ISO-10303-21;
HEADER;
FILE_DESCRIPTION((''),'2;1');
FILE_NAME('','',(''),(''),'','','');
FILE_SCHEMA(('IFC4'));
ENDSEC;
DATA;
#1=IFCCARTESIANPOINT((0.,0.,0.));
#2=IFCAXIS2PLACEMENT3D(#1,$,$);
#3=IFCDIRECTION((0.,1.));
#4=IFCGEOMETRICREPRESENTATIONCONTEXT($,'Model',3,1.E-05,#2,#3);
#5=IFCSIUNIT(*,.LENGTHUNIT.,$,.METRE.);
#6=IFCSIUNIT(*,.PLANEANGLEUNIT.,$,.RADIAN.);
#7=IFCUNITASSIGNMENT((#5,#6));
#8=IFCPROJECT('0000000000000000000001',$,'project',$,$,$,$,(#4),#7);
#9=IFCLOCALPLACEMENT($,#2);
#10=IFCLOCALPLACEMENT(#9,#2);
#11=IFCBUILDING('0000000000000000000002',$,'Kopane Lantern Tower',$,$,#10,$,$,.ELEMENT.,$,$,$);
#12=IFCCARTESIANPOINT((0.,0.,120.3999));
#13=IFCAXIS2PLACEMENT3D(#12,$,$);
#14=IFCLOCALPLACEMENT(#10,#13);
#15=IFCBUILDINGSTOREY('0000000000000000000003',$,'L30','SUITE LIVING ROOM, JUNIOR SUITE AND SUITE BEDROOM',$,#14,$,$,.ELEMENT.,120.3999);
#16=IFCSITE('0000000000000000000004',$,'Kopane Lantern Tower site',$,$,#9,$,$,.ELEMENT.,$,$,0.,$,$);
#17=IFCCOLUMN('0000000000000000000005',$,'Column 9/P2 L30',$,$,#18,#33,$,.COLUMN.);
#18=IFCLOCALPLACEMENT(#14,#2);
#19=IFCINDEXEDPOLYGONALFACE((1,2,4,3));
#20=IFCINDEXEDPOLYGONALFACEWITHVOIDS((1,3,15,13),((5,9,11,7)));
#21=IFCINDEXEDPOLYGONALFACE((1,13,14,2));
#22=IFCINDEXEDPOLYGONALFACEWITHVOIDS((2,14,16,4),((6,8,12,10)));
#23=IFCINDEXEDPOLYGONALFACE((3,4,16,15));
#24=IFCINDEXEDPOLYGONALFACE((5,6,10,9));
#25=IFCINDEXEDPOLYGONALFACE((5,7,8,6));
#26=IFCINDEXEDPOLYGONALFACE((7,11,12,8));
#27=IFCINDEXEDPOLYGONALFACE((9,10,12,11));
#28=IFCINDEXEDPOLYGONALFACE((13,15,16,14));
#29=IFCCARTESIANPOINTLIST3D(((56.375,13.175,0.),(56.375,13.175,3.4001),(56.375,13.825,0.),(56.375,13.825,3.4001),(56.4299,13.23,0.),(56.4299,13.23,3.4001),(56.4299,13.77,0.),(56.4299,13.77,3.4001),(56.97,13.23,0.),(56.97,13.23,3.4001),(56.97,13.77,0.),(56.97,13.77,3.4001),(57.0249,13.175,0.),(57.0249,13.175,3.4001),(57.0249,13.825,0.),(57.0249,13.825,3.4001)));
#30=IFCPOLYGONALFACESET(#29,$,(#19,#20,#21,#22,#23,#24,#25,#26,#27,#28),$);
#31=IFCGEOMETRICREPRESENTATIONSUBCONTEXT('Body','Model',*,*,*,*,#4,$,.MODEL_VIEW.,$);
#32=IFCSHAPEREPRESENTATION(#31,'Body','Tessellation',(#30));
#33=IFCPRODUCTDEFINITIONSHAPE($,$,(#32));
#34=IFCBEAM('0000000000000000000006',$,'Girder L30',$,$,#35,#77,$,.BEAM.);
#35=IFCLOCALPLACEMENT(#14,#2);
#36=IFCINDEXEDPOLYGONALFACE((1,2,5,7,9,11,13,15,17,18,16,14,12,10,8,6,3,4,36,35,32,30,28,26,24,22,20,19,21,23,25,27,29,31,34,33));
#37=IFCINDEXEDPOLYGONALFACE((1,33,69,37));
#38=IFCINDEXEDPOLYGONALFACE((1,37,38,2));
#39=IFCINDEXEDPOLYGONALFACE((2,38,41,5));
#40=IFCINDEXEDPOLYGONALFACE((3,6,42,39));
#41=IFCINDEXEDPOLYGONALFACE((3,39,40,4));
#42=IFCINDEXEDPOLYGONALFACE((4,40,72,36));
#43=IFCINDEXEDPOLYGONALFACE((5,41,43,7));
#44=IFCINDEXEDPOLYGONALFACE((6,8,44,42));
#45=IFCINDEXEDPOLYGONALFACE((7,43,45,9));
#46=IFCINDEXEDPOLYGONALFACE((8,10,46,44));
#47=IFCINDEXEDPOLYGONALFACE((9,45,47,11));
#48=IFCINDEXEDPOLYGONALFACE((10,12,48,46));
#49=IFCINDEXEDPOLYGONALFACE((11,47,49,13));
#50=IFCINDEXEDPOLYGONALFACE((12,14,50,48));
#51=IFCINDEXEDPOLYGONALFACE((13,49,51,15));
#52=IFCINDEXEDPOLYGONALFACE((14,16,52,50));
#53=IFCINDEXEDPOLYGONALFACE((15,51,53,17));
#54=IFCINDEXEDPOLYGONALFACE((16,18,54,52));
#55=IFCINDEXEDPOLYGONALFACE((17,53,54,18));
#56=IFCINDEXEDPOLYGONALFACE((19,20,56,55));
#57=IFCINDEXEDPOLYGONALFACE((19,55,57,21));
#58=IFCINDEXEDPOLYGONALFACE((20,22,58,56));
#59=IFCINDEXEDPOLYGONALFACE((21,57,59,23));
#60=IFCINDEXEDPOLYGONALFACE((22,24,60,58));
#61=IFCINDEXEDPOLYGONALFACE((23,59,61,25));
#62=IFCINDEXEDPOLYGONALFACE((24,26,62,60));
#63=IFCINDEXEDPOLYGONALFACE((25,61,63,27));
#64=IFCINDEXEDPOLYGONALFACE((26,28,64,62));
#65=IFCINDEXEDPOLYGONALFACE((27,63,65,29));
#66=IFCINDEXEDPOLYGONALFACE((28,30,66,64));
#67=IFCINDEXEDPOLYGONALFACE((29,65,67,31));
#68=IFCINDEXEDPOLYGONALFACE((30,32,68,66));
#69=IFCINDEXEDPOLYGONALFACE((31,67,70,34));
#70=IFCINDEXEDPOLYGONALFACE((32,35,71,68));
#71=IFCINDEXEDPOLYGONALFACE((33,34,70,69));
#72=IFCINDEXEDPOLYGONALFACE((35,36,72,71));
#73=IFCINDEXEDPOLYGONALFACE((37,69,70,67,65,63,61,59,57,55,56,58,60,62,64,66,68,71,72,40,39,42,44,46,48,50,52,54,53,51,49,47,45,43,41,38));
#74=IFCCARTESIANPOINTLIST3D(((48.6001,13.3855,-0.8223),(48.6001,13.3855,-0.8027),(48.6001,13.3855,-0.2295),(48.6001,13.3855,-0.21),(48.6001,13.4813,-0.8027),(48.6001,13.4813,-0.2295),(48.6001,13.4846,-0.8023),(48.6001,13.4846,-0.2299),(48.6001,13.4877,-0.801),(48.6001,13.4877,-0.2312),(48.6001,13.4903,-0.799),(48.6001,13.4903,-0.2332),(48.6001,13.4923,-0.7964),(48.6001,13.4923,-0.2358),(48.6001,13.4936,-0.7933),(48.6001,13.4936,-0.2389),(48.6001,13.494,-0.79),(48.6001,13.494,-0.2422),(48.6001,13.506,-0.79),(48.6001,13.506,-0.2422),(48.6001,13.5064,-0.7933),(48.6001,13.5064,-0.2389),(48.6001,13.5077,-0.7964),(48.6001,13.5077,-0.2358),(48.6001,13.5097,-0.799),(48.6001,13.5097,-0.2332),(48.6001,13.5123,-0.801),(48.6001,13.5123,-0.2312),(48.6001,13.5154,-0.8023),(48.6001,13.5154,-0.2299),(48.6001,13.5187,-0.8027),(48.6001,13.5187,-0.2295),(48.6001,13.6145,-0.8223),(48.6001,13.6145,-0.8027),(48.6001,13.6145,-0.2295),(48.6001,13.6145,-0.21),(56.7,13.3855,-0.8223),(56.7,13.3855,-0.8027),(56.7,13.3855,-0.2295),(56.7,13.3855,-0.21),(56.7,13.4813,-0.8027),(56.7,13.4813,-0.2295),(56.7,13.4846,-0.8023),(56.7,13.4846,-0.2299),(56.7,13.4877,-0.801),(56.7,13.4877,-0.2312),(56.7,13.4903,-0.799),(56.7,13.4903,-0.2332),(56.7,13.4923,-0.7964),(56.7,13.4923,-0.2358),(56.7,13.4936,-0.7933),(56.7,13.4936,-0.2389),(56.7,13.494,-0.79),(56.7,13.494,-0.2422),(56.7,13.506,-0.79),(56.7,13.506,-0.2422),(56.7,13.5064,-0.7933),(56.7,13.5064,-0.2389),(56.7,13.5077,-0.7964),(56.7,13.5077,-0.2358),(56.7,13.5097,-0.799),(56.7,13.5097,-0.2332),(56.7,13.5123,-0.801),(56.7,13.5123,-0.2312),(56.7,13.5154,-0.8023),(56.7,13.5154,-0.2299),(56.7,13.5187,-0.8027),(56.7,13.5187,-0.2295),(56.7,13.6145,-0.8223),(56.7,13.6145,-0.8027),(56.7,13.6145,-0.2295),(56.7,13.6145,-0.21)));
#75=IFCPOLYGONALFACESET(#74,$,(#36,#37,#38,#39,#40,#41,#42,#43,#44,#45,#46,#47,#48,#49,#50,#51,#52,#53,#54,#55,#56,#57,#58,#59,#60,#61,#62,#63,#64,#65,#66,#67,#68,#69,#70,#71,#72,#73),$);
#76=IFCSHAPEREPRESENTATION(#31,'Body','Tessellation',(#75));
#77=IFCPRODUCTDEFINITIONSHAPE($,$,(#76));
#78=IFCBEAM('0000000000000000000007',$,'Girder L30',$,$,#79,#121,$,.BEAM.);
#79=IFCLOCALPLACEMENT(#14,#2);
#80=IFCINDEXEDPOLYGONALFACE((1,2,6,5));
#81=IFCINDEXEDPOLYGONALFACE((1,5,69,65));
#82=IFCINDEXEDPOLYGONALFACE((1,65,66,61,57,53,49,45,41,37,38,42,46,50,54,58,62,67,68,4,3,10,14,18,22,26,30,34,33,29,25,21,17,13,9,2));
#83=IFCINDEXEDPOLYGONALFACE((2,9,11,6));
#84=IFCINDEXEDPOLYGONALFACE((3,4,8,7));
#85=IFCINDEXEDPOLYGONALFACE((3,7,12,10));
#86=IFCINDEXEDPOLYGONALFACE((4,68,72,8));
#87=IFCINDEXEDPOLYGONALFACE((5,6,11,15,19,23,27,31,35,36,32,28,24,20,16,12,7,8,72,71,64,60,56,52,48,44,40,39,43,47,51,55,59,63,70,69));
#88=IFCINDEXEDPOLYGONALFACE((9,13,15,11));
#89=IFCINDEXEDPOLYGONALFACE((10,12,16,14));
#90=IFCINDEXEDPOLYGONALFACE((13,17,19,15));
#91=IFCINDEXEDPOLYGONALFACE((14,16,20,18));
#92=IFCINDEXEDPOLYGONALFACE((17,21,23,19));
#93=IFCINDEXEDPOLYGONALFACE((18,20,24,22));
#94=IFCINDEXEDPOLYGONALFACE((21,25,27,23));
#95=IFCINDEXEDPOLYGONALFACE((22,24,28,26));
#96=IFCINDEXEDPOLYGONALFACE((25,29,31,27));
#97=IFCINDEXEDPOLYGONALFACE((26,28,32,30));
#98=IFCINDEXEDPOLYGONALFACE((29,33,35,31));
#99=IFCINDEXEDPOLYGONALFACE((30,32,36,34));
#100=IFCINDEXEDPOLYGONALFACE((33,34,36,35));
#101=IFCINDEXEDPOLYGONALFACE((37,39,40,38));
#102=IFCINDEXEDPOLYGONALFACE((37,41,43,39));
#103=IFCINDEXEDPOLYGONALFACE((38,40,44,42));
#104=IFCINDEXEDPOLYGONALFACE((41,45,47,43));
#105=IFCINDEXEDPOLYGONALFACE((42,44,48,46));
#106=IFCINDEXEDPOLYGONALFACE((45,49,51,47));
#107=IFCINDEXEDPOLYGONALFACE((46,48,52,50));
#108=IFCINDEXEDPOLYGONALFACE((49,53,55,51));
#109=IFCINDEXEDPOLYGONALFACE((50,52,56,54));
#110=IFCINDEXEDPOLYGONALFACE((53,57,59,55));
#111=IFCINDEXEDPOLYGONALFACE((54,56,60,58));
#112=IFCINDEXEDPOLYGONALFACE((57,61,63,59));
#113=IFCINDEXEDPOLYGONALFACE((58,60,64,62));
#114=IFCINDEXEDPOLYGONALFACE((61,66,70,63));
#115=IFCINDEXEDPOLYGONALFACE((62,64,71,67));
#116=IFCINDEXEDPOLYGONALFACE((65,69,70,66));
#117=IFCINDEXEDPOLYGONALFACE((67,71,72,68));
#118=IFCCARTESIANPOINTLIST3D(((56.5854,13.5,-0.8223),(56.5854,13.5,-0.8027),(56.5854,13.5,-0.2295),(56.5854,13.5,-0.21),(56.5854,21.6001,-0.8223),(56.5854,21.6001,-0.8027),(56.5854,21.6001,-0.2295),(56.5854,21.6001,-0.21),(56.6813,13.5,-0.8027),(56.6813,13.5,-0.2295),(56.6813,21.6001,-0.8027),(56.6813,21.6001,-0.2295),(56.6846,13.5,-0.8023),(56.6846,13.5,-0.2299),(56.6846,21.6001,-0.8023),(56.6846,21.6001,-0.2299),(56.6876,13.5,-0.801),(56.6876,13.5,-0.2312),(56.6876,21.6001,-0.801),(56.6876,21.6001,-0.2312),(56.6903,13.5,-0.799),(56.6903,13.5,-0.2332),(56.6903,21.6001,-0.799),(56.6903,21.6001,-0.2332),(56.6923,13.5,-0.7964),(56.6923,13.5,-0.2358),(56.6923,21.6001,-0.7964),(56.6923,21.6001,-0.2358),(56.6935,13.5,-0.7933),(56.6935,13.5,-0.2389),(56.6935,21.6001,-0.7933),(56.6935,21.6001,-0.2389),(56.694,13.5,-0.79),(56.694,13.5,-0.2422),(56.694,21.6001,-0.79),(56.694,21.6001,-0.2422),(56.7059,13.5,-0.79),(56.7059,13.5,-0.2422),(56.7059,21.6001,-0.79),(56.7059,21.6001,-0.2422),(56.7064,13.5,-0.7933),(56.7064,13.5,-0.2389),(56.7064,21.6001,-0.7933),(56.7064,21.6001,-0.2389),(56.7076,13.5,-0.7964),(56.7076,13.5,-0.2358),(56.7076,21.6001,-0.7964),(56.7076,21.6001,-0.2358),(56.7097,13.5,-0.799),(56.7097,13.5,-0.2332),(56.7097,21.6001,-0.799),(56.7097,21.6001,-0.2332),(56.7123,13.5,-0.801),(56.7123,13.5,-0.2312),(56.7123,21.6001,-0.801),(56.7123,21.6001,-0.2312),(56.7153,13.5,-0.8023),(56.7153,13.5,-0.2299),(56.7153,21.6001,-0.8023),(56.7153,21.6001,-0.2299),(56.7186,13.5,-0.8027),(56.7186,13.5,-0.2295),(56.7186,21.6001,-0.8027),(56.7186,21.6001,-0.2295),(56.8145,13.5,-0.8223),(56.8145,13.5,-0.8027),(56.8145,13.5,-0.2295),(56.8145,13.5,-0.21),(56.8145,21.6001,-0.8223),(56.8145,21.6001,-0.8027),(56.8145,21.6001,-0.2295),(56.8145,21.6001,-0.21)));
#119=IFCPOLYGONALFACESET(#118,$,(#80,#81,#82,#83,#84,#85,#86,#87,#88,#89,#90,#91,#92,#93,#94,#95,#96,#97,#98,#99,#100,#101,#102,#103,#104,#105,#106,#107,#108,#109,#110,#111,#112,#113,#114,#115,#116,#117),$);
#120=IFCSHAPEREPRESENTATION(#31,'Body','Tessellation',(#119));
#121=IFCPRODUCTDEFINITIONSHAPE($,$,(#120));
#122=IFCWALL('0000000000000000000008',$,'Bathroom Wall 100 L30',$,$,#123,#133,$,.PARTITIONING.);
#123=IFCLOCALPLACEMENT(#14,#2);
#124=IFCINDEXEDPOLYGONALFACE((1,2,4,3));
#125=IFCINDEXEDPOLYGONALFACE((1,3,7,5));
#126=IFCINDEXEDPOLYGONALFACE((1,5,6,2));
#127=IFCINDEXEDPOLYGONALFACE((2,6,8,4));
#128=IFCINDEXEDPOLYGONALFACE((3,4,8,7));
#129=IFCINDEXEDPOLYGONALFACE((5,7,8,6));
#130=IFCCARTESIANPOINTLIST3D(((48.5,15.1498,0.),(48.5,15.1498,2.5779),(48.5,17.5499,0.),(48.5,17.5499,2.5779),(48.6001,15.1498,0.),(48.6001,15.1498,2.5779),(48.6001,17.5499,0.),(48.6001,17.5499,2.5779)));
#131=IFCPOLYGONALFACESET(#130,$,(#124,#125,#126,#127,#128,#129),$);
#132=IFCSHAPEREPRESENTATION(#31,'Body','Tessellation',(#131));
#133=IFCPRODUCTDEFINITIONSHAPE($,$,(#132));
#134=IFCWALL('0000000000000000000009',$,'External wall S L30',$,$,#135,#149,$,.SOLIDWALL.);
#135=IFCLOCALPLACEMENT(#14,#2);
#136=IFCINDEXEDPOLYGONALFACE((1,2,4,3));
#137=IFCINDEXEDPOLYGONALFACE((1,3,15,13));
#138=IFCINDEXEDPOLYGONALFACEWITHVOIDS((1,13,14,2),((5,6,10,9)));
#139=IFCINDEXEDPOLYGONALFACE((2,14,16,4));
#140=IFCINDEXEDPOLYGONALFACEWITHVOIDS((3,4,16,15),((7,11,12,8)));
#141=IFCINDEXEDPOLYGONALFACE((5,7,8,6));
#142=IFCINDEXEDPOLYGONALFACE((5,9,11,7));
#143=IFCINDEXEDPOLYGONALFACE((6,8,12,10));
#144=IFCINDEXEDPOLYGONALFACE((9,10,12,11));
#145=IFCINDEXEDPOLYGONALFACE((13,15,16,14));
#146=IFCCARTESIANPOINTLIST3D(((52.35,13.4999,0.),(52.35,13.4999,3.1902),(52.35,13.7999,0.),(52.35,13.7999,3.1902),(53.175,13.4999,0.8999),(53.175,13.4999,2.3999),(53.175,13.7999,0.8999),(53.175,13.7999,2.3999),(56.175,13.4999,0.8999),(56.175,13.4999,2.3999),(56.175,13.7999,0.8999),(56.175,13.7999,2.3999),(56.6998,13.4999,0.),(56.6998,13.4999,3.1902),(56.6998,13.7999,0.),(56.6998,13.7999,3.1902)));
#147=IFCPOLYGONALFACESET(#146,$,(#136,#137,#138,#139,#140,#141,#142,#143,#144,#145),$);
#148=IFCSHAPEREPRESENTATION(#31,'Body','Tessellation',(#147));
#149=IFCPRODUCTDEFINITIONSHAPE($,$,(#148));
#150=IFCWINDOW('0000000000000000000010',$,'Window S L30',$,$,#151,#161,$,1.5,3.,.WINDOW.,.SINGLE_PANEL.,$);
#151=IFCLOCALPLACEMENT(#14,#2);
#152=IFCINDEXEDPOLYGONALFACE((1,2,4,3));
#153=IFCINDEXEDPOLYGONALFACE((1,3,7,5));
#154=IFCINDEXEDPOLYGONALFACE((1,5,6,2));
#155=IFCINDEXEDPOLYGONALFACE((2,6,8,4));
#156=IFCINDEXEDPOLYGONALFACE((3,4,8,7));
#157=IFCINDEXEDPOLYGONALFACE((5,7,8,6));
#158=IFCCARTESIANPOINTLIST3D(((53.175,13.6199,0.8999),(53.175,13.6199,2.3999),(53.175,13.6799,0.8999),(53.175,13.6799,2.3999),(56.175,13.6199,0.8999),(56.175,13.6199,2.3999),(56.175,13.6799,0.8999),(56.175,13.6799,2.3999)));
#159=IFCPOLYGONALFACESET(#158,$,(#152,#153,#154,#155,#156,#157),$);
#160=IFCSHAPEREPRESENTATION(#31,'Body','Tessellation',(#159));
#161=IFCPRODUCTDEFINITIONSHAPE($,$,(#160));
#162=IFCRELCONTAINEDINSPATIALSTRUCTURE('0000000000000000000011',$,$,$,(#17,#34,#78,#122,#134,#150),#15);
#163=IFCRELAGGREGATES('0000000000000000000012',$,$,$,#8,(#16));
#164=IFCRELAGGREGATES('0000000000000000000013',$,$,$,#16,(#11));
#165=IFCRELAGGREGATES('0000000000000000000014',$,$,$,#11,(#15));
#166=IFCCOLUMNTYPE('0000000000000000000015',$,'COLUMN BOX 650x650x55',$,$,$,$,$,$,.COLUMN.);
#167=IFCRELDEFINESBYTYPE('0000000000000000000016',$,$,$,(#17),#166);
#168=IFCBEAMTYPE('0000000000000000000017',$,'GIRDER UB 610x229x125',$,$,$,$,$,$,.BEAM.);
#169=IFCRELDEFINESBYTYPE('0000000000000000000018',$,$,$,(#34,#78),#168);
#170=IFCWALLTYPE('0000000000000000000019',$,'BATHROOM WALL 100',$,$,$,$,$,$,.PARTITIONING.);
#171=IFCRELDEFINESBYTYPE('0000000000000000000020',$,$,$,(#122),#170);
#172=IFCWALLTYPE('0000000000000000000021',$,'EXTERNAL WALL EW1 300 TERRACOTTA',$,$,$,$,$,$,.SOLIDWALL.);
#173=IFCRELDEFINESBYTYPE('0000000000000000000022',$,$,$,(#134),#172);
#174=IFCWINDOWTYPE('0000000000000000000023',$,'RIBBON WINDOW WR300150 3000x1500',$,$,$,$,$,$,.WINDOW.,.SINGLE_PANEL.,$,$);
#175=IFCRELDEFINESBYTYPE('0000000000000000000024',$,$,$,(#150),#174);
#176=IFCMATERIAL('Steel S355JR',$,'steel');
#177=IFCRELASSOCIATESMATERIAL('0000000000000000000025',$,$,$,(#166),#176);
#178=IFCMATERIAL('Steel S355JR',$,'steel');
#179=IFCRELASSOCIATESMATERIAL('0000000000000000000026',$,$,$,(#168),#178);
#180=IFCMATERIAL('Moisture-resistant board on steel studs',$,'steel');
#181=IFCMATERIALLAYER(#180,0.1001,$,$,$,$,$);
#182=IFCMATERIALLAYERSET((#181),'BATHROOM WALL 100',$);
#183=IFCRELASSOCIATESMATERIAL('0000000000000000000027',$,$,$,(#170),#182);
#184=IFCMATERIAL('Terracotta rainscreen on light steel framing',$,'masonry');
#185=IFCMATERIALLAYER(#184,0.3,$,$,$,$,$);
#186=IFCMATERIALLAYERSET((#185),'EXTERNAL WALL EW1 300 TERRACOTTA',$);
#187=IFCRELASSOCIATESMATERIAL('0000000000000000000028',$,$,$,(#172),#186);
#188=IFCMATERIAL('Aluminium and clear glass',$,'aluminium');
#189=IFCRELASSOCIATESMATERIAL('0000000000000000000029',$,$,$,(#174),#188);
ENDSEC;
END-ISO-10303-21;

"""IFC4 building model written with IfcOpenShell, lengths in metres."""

from ifc_helpers import new_model, si_unit, direction, frame, frame_2d, origin, origin_2d, place, context, subcontext, project, spatial, rectangle, hollow_rectangle, i_section, extrude, material, layer, layer_set, material_profile, profile_set, type_object, element, fill, save


model = new_model("IFC4")

# Units and contexts
model_context = context("Model", 3, precision=1e-05, world=origin(), true_north=direction((0.0, 1.0)))
body_context = subcontext(model_context, "Body", "Model", "MODEL_VIEW")
ifc_project = project(units=[si_unit("LENGTHUNIT", "METRE"), si_unit("PLANEANGLEUNIT", "RADIAN")], contexts=[model_context])

# Site, building, storey
site_placement = place(None, origin())
site = spatial("IfcSite", under=ifc_project, at=site_placement, Name="Kopane Lantern Tower site", CompositionType="ELEMENT", RefElevation=0.0)
building_placement = place(site_placement, origin())
building = spatial("IfcBuilding", under=site, at=building_placement, Name="Kopane Lantern Tower", CompositionType="ELEMENT")
storey_placement = place(building_placement, frame((0.0, 0.0, 120.3999)))
storey = spatial("IfcBuildingStorey", under=building, at=storey_placement, Name="L30", Description="SUITE LIVING ROOM, JUNIOR SUITE AND SUITE BEDROOM", CompositionType="ELEMENT", Elevation=120.3999)

# Column
ifc_material_1 = material(Name="Steel S355JR", Category="steel")
ifc_material_profile_1 = material_profile(ifc_material_1, hollow_rectangle(XDim=0.6499, YDim=0.6499, WallThickness=0.0549, at=origin_2d()), Name="BOX 650x650x55")
ifc_profile_set_1 = profile_set([ifc_material_profile_1], Name="Steel S355JR")
column_type = type_object("IfcColumnType", Name="COLUMN BOX 650x650x55", PredefinedType="COLUMN", material=ifc_profile_set_1)
column_placement = place(storey_placement, frame((56.7, 13.5, 0.0), z_axis=(0.0, 0.0, 1.0), x_axis=(1.0, 0.0, 0.0)))
element("IfcColumn", 1, at=column_placement, inside=storey, type_object=column_type, Name="Column 9/P2 L30", PredefinedType="COLUMN", context=body_context, shape_type="SweptSolid", body=[
    extrude(hollow_rectangle(XDim=0.6499, YDim=0.6499, WallThickness=0.0549, at=origin_2d()), origin(), (0.0, 0.0, 1.0), 3.4001),
])

# Beams
ifc_material_2 = material(Name="Steel S355JR", Category="steel")
ifc_material_profile_2 = material_profile(ifc_material_2, i_section(OverallWidth=0.229, OverallDepth=0.6123, WebThickness=0.012, FlangeThickness=0.0195, FilletRadius=0.0127, at=origin_2d()), Name="UB 610x229x125")
ifc_profile_set_2 = profile_set([ifc_material_profile_2], Name="Steel S355JR")
beam_type = type_object("IfcBeamType", Name="GIRDER UB 610x229x125", PredefinedType="BEAM", material=ifc_profile_set_2)
beam_1_placement = place(storey_placement, frame((48.6001, 13.5, -0.5161), z_axis=(1.0, 0.0, 0.0), x_axis=(0.0, 1.0, 0.0)))
element("IfcBeam", 2, at=beam_1_placement, inside=storey, type_object=beam_type, Name="Girder L30", PredefinedType="BEAM", context=body_context, shape_type="SweptSolid", body=[
    extrude(i_section(OverallWidth=0.229, OverallDepth=0.6123, WebThickness=0.012, FlangeThickness=0.0195, FilletRadius=0.0127, at=origin_2d()), origin(), (0.0, 0.0, 1.0), 8.0999),
])
beam_2_placement = place(storey_placement, frame((56.7, 13.5, -0.5161), z_axis=(0.0, 1.0, 0.0), x_axis=(-1.0, 0.0, 0.0)))
element("IfcBeam", 3, at=beam_2_placement, inside=storey, type_object=beam_type, Name="Girder L30", PredefinedType="BEAM", context=body_context, shape_type="SweptSolid", body=[
    extrude(i_section(OverallWidth=0.229, OverallDepth=0.6123, WebThickness=0.012, FlangeThickness=0.0195, FilletRadius=0.0127, at=origin_2d()), origin(), (0.0, 0.0, 1.0), 8.1001),
])

# Wall
ifc_material_3 = material(Name="Moisture-resistant board on steel studs", Category="steel")
ifc_layer_1 = layer(ifc_material_3, 0.1001)
ifc_layer_set_1 = layer_set([ifc_layer_1], Name="BATHROOM WALL 100")
wall_type_1 = type_object("IfcWallType", Name="BATHROOM WALL 100", PredefinedType="PARTITIONING", material=ifc_layer_set_1)
wall_1_placement = place(storey_placement, frame((48.55, 17.55, 0.0), z_axis=(0.0, 0.0, 1.0), x_axis=(0.0, -1.0, 0.0)))
element("IfcWall", 4, at=wall_1_placement, inside=storey, type_object=wall_type_1, Name="Bathroom Wall 100 L30", PredefinedType="PARTITIONING", context=body_context, shape_type="SweptSolid", body=[
    extrude(rectangle(XDim=2.4001, YDim=0.1001, at=frame_2d((1.2002, 0.0))), origin(), (0.0, 0.0, 1.0), 2.5779),
])

# Wall, opening, window
ifc_material_4 = material(Name="Terracotta rainscreen on light steel framing", Category="masonry")
ifc_layer_2 = layer(ifc_material_4, 0.3)
ifc_layer_set_2 = layer_set([ifc_layer_2], Name="EXTERNAL WALL EW1 300 TERRACOTTA")
wall_type_2 = type_object("IfcWallType", Name="EXTERNAL WALL EW1 300 TERRACOTTA", PredefinedType="SOLIDWALL", material=ifc_layer_set_2)
wall_2_placement = place(storey_placement, frame((52.3501, 13.6499, 0.0), z_axis=(0.0, 0.0, 1.0), x_axis=(1.0, 0.0, 0.0)))
wall_2 = element("IfcWall", 5, at=wall_2_placement, inside=storey, type_object=wall_type_2, Name="External wall S L30", PredefinedType="SOLIDWALL", context=body_context, shape_type="SweptSolid", body=[
    extrude(rectangle(XDim=4.3499, YDim=0.3, at=frame_2d((2.1748, 0.0))), origin(), (0.0, 0.0, 1.0), 3.1902),
])
opening_1_placement = place(wall_2_placement, frame((0.825, 0.0, 0.8999)))
opening_1 = element("IfcOpeningElement", 6, at=opening_1_placement, cuts=wall_2, PredefinedType="OPENING", context=body_context, shape_type="SweptSolid", body=[
    extrude(rectangle(XDim=3.0, YDim=1.5, at=frame_2d((1.5, 0.75))), frame((0.0, 0.1599, 0.0), z_axis=(0.0, -1.0, 0.0), x_axis=(1.0, 0.0, 0.0)), (0.0, 0.0, 1.0), 0.3201),
])
ifc_material_5 = material(Name="Aluminium and clear glass", Category="aluminium")
window_type_1 = type_object("IfcWindowType", Name="RIBBON WINDOW WR300150 3000x1500", PartitioningType="SINGLE_PANEL", PredefinedType="WINDOW", material=ifc_material_5)
window_1_placement = place(opening_1_placement, origin())
window_1 = element("IfcWindow", 7, at=window_1_placement, inside=storey, type_object=window_type_1, Name="Window S L30", OverallHeight=1.5, OverallWidth=3.0, PartitioningType="SINGLE_PANEL", PredefinedType="WINDOW", context=body_context, shape_type="SweptSolid", body=[
    extrude(rectangle(XDim=3.0, YDim=1.5, at=frame_2d((1.5, 0.75))), frame((0.0, 0.03, 0.0), z_axis=(0.0, -1.0, 0.0), x_axis=(1.0, 0.0, 0.0)), (0.0, 0.0, 1.0), 0.0601),
])
fill(opening_1, window_1)

save(model, "model.ifc")
